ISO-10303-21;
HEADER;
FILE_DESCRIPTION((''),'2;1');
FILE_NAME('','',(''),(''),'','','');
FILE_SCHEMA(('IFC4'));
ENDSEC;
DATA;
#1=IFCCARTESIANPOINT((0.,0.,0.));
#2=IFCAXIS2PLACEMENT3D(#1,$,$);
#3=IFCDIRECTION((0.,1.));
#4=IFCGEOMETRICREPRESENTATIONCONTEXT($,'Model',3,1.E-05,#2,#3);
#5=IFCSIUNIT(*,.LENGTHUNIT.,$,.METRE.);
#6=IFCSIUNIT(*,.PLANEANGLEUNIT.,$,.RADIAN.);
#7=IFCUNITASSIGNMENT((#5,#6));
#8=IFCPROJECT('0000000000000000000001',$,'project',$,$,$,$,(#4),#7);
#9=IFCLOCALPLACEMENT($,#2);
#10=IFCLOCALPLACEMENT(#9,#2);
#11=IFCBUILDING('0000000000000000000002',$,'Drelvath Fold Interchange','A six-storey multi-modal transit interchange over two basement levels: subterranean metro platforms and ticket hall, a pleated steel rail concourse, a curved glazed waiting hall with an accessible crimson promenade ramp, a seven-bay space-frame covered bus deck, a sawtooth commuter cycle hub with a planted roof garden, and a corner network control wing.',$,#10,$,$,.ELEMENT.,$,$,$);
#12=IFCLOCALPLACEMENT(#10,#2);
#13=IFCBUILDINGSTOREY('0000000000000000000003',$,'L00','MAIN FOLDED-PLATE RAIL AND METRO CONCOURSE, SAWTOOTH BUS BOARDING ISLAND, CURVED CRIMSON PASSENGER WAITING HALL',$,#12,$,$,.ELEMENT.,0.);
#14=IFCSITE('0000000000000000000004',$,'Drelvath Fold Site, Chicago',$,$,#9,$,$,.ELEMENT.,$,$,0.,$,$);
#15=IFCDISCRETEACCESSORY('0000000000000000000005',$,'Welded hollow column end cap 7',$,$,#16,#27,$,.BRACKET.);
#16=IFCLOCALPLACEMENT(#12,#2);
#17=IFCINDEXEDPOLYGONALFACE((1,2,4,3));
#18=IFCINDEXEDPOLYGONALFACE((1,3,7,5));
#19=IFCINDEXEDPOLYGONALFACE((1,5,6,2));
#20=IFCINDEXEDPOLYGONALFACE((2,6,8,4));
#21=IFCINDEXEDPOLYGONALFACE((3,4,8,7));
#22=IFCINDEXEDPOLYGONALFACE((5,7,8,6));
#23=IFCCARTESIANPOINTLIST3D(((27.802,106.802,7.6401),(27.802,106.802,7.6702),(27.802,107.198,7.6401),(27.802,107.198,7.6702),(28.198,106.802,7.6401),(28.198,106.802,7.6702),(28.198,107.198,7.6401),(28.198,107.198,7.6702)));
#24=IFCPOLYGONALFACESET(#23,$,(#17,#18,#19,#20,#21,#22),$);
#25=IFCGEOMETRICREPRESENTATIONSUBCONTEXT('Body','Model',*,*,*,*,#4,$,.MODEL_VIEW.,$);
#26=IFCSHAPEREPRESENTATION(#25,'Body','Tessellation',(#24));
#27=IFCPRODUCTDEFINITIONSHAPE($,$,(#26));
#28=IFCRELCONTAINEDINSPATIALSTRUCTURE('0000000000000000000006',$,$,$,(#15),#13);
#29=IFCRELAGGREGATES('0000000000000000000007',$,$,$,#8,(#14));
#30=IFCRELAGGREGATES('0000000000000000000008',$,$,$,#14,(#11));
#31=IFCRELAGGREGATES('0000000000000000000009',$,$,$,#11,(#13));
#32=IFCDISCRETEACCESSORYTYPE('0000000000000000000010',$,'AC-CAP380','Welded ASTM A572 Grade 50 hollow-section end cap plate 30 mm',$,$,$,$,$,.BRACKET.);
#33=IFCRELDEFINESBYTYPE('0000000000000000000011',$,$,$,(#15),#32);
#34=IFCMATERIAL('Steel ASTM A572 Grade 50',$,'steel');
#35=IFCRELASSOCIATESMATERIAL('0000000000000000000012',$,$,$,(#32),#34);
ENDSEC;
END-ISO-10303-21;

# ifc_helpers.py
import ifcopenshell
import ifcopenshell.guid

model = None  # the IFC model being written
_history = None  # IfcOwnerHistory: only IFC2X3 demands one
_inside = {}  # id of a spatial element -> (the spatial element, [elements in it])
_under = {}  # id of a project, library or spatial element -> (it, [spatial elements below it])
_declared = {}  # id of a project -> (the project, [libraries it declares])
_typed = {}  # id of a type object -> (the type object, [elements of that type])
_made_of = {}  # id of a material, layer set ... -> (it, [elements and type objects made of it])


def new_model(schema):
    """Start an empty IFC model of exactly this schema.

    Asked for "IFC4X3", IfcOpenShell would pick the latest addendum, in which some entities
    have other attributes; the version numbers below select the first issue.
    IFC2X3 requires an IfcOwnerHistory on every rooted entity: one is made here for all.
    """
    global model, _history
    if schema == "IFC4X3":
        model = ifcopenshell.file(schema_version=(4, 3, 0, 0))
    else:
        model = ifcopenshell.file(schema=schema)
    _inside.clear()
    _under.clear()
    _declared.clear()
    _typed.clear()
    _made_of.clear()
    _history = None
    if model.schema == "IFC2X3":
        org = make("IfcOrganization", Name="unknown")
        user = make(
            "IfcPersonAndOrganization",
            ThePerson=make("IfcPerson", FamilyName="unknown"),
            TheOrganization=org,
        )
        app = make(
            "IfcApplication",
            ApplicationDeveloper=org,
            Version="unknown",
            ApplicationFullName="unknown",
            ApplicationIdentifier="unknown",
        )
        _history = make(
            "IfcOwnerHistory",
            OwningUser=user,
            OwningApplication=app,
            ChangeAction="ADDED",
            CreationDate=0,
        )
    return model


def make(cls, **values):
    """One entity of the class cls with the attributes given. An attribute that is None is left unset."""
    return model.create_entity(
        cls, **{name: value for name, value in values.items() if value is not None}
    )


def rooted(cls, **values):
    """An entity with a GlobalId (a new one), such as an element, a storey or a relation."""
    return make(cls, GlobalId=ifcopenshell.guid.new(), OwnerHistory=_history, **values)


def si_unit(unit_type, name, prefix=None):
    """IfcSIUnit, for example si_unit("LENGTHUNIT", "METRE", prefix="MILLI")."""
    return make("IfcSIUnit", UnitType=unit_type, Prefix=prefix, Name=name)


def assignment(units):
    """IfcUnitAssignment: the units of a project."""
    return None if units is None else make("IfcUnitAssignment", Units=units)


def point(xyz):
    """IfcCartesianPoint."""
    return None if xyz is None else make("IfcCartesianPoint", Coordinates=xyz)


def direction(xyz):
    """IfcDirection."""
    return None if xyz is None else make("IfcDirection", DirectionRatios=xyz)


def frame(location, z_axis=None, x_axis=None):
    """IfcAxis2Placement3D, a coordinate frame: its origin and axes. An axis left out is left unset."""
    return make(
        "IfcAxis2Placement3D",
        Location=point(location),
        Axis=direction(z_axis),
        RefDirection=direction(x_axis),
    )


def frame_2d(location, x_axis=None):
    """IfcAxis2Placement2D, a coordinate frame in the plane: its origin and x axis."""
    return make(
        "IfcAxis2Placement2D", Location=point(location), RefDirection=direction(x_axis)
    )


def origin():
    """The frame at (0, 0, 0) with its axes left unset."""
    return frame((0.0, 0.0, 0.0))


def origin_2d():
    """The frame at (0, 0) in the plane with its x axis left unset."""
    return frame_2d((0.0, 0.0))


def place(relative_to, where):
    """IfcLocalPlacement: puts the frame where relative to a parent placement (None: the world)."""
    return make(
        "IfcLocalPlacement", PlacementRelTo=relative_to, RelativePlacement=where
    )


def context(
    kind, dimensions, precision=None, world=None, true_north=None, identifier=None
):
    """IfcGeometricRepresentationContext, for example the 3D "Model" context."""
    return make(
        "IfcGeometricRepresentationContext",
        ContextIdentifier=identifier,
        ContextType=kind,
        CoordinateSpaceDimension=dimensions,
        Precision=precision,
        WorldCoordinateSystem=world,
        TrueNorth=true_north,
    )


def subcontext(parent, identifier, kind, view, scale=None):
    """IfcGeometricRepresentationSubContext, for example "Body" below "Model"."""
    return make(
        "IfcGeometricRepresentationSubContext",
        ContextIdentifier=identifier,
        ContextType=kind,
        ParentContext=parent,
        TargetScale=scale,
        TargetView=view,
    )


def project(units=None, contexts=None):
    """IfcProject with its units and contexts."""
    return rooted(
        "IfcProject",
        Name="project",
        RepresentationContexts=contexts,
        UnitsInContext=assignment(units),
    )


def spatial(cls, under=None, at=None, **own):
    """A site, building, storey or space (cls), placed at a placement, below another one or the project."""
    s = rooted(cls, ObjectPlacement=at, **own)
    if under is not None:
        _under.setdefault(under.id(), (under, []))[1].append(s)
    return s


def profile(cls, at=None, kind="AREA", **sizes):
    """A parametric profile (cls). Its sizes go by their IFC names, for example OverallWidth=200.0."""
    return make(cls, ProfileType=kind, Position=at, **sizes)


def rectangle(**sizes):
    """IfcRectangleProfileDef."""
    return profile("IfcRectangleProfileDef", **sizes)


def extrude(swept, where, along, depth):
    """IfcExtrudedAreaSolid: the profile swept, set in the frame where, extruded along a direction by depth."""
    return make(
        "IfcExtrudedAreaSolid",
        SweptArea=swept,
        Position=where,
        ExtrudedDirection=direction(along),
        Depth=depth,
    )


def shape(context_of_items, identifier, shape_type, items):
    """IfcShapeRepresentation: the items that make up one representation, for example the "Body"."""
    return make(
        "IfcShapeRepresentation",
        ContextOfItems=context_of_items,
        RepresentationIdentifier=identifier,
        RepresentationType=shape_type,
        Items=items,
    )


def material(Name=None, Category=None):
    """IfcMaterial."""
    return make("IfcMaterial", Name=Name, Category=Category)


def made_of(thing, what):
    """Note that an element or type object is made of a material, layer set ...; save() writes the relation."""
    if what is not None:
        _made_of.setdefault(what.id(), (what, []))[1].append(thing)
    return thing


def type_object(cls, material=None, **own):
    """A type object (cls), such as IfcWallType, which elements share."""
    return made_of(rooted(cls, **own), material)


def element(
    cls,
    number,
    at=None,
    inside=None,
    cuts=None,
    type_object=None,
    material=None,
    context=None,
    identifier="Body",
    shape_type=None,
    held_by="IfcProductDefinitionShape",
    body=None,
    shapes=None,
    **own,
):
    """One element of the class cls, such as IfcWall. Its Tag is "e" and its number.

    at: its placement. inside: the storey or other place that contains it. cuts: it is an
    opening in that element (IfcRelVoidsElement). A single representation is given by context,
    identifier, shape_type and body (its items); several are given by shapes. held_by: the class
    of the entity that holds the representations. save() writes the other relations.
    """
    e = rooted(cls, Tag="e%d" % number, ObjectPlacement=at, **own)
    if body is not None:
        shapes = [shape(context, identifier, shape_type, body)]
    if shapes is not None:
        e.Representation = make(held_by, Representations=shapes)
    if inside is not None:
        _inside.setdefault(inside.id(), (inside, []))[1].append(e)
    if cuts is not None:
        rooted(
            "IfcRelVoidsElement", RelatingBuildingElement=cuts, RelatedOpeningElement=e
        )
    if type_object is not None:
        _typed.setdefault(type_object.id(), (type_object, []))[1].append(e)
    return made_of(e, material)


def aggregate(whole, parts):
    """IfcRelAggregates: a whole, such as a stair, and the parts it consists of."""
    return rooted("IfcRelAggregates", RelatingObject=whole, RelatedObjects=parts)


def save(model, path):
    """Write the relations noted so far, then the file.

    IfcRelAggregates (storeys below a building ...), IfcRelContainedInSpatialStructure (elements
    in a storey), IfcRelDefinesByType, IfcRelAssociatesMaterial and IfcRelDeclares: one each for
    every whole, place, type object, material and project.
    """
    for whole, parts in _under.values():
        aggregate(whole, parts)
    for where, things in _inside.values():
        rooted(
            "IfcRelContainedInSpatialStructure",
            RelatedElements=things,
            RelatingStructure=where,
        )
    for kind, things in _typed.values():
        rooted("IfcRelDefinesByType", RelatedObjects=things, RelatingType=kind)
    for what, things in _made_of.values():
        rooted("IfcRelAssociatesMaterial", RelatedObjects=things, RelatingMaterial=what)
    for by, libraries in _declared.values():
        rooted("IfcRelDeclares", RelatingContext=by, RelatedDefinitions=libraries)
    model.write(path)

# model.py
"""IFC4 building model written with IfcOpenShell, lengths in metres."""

from ifc_helpers import new_model, si_unit, direction, frame, origin, origin_2d, place, context, subcontext, project, spatial, rectangle, extrude, material, type_object, element, save


model = new_model("IFC4")

# Units and contexts
model_context = context("Model", 3, precision=1e-05, world=origin(), true_north=direction((0.0, 1.0)))
body_context = subcontext(model_context, "Body", "Model", "MODEL_VIEW")
ifc_project = project(units=[si_unit("LENGTHUNIT", "METRE"), si_unit("PLANEANGLEUNIT", "RADIAN")], contexts=[model_context])

# Site, building, storey
site_placement = place(None, origin())
site = spatial("IfcSite", under=ifc_project, at=site_placement, Name="Drelvath Fold Site, Chicago", CompositionType="ELEMENT", RefElevation=0.0)
building_placement = place(site_placement, origin())
building = spatial("IfcBuilding", under=site, at=building_placement, Name="Drelvath Fold Interchange", Description="A six-storey multi-modal transit interchange over two basement levels: subterranean metro platforms and ticket hall, a pleated steel rail concourse, a curved glazed waiting hall with an accessible crimson promenade ramp, a seven-bay space-frame covered bus deck, a sawtooth commuter cycle hub with a planted roof garden, and a corner network control wing.", CompositionType="ELEMENT")
storey_placement = place(building_placement, origin())
storey = spatial("IfcBuildingStorey", under=building, at=storey_placement, Name="L00", Description="MAIN FOLDED-PLATE RAIL AND METRO CONCOURSE, SAWTOOTH BUS BOARDING ISLAND, CURVED CRIMSON PASSENGER WAITING HALL", CompositionType="ELEMENT", Elevation=0.0)

# Discrete accessory
ifc_material_1 = material(Name="Steel ASTM A572 Grade 50", Category="steel")
discrete_accessory_type = type_object("IfcDiscreteAccessoryType", Name="AC-CAP380", Description="Welded ASTM A572 Grade 50 hollow-section end cap plate 30 mm", PredefinedType="BRACKET", material=ifc_material_1)
for number, where, z_axis, x_axis, name in (
    (1, (28.0, 107.0, 7.6401), (0.0, 0.0, 1.0), (1.0, 0.0, 0.0), "Welded hollow column end cap 7"),
):
    element("IfcDiscreteAccessory", number, at=place(storey_placement, frame(where, z_axis=z_axis, x_axis=x_axis)), inside=storey, type_object=discrete_accessory_type, Name=name, PredefinedType="BRACKET", context=body_context, shape_type="SweptSolid", body=[
        extrude(rectangle(XDim=0.396, YDim=0.396, at=origin_2d()), origin(), (0.0, 0.0, 1.0), 0.03),
    ])

save(model, "model.ifc")
